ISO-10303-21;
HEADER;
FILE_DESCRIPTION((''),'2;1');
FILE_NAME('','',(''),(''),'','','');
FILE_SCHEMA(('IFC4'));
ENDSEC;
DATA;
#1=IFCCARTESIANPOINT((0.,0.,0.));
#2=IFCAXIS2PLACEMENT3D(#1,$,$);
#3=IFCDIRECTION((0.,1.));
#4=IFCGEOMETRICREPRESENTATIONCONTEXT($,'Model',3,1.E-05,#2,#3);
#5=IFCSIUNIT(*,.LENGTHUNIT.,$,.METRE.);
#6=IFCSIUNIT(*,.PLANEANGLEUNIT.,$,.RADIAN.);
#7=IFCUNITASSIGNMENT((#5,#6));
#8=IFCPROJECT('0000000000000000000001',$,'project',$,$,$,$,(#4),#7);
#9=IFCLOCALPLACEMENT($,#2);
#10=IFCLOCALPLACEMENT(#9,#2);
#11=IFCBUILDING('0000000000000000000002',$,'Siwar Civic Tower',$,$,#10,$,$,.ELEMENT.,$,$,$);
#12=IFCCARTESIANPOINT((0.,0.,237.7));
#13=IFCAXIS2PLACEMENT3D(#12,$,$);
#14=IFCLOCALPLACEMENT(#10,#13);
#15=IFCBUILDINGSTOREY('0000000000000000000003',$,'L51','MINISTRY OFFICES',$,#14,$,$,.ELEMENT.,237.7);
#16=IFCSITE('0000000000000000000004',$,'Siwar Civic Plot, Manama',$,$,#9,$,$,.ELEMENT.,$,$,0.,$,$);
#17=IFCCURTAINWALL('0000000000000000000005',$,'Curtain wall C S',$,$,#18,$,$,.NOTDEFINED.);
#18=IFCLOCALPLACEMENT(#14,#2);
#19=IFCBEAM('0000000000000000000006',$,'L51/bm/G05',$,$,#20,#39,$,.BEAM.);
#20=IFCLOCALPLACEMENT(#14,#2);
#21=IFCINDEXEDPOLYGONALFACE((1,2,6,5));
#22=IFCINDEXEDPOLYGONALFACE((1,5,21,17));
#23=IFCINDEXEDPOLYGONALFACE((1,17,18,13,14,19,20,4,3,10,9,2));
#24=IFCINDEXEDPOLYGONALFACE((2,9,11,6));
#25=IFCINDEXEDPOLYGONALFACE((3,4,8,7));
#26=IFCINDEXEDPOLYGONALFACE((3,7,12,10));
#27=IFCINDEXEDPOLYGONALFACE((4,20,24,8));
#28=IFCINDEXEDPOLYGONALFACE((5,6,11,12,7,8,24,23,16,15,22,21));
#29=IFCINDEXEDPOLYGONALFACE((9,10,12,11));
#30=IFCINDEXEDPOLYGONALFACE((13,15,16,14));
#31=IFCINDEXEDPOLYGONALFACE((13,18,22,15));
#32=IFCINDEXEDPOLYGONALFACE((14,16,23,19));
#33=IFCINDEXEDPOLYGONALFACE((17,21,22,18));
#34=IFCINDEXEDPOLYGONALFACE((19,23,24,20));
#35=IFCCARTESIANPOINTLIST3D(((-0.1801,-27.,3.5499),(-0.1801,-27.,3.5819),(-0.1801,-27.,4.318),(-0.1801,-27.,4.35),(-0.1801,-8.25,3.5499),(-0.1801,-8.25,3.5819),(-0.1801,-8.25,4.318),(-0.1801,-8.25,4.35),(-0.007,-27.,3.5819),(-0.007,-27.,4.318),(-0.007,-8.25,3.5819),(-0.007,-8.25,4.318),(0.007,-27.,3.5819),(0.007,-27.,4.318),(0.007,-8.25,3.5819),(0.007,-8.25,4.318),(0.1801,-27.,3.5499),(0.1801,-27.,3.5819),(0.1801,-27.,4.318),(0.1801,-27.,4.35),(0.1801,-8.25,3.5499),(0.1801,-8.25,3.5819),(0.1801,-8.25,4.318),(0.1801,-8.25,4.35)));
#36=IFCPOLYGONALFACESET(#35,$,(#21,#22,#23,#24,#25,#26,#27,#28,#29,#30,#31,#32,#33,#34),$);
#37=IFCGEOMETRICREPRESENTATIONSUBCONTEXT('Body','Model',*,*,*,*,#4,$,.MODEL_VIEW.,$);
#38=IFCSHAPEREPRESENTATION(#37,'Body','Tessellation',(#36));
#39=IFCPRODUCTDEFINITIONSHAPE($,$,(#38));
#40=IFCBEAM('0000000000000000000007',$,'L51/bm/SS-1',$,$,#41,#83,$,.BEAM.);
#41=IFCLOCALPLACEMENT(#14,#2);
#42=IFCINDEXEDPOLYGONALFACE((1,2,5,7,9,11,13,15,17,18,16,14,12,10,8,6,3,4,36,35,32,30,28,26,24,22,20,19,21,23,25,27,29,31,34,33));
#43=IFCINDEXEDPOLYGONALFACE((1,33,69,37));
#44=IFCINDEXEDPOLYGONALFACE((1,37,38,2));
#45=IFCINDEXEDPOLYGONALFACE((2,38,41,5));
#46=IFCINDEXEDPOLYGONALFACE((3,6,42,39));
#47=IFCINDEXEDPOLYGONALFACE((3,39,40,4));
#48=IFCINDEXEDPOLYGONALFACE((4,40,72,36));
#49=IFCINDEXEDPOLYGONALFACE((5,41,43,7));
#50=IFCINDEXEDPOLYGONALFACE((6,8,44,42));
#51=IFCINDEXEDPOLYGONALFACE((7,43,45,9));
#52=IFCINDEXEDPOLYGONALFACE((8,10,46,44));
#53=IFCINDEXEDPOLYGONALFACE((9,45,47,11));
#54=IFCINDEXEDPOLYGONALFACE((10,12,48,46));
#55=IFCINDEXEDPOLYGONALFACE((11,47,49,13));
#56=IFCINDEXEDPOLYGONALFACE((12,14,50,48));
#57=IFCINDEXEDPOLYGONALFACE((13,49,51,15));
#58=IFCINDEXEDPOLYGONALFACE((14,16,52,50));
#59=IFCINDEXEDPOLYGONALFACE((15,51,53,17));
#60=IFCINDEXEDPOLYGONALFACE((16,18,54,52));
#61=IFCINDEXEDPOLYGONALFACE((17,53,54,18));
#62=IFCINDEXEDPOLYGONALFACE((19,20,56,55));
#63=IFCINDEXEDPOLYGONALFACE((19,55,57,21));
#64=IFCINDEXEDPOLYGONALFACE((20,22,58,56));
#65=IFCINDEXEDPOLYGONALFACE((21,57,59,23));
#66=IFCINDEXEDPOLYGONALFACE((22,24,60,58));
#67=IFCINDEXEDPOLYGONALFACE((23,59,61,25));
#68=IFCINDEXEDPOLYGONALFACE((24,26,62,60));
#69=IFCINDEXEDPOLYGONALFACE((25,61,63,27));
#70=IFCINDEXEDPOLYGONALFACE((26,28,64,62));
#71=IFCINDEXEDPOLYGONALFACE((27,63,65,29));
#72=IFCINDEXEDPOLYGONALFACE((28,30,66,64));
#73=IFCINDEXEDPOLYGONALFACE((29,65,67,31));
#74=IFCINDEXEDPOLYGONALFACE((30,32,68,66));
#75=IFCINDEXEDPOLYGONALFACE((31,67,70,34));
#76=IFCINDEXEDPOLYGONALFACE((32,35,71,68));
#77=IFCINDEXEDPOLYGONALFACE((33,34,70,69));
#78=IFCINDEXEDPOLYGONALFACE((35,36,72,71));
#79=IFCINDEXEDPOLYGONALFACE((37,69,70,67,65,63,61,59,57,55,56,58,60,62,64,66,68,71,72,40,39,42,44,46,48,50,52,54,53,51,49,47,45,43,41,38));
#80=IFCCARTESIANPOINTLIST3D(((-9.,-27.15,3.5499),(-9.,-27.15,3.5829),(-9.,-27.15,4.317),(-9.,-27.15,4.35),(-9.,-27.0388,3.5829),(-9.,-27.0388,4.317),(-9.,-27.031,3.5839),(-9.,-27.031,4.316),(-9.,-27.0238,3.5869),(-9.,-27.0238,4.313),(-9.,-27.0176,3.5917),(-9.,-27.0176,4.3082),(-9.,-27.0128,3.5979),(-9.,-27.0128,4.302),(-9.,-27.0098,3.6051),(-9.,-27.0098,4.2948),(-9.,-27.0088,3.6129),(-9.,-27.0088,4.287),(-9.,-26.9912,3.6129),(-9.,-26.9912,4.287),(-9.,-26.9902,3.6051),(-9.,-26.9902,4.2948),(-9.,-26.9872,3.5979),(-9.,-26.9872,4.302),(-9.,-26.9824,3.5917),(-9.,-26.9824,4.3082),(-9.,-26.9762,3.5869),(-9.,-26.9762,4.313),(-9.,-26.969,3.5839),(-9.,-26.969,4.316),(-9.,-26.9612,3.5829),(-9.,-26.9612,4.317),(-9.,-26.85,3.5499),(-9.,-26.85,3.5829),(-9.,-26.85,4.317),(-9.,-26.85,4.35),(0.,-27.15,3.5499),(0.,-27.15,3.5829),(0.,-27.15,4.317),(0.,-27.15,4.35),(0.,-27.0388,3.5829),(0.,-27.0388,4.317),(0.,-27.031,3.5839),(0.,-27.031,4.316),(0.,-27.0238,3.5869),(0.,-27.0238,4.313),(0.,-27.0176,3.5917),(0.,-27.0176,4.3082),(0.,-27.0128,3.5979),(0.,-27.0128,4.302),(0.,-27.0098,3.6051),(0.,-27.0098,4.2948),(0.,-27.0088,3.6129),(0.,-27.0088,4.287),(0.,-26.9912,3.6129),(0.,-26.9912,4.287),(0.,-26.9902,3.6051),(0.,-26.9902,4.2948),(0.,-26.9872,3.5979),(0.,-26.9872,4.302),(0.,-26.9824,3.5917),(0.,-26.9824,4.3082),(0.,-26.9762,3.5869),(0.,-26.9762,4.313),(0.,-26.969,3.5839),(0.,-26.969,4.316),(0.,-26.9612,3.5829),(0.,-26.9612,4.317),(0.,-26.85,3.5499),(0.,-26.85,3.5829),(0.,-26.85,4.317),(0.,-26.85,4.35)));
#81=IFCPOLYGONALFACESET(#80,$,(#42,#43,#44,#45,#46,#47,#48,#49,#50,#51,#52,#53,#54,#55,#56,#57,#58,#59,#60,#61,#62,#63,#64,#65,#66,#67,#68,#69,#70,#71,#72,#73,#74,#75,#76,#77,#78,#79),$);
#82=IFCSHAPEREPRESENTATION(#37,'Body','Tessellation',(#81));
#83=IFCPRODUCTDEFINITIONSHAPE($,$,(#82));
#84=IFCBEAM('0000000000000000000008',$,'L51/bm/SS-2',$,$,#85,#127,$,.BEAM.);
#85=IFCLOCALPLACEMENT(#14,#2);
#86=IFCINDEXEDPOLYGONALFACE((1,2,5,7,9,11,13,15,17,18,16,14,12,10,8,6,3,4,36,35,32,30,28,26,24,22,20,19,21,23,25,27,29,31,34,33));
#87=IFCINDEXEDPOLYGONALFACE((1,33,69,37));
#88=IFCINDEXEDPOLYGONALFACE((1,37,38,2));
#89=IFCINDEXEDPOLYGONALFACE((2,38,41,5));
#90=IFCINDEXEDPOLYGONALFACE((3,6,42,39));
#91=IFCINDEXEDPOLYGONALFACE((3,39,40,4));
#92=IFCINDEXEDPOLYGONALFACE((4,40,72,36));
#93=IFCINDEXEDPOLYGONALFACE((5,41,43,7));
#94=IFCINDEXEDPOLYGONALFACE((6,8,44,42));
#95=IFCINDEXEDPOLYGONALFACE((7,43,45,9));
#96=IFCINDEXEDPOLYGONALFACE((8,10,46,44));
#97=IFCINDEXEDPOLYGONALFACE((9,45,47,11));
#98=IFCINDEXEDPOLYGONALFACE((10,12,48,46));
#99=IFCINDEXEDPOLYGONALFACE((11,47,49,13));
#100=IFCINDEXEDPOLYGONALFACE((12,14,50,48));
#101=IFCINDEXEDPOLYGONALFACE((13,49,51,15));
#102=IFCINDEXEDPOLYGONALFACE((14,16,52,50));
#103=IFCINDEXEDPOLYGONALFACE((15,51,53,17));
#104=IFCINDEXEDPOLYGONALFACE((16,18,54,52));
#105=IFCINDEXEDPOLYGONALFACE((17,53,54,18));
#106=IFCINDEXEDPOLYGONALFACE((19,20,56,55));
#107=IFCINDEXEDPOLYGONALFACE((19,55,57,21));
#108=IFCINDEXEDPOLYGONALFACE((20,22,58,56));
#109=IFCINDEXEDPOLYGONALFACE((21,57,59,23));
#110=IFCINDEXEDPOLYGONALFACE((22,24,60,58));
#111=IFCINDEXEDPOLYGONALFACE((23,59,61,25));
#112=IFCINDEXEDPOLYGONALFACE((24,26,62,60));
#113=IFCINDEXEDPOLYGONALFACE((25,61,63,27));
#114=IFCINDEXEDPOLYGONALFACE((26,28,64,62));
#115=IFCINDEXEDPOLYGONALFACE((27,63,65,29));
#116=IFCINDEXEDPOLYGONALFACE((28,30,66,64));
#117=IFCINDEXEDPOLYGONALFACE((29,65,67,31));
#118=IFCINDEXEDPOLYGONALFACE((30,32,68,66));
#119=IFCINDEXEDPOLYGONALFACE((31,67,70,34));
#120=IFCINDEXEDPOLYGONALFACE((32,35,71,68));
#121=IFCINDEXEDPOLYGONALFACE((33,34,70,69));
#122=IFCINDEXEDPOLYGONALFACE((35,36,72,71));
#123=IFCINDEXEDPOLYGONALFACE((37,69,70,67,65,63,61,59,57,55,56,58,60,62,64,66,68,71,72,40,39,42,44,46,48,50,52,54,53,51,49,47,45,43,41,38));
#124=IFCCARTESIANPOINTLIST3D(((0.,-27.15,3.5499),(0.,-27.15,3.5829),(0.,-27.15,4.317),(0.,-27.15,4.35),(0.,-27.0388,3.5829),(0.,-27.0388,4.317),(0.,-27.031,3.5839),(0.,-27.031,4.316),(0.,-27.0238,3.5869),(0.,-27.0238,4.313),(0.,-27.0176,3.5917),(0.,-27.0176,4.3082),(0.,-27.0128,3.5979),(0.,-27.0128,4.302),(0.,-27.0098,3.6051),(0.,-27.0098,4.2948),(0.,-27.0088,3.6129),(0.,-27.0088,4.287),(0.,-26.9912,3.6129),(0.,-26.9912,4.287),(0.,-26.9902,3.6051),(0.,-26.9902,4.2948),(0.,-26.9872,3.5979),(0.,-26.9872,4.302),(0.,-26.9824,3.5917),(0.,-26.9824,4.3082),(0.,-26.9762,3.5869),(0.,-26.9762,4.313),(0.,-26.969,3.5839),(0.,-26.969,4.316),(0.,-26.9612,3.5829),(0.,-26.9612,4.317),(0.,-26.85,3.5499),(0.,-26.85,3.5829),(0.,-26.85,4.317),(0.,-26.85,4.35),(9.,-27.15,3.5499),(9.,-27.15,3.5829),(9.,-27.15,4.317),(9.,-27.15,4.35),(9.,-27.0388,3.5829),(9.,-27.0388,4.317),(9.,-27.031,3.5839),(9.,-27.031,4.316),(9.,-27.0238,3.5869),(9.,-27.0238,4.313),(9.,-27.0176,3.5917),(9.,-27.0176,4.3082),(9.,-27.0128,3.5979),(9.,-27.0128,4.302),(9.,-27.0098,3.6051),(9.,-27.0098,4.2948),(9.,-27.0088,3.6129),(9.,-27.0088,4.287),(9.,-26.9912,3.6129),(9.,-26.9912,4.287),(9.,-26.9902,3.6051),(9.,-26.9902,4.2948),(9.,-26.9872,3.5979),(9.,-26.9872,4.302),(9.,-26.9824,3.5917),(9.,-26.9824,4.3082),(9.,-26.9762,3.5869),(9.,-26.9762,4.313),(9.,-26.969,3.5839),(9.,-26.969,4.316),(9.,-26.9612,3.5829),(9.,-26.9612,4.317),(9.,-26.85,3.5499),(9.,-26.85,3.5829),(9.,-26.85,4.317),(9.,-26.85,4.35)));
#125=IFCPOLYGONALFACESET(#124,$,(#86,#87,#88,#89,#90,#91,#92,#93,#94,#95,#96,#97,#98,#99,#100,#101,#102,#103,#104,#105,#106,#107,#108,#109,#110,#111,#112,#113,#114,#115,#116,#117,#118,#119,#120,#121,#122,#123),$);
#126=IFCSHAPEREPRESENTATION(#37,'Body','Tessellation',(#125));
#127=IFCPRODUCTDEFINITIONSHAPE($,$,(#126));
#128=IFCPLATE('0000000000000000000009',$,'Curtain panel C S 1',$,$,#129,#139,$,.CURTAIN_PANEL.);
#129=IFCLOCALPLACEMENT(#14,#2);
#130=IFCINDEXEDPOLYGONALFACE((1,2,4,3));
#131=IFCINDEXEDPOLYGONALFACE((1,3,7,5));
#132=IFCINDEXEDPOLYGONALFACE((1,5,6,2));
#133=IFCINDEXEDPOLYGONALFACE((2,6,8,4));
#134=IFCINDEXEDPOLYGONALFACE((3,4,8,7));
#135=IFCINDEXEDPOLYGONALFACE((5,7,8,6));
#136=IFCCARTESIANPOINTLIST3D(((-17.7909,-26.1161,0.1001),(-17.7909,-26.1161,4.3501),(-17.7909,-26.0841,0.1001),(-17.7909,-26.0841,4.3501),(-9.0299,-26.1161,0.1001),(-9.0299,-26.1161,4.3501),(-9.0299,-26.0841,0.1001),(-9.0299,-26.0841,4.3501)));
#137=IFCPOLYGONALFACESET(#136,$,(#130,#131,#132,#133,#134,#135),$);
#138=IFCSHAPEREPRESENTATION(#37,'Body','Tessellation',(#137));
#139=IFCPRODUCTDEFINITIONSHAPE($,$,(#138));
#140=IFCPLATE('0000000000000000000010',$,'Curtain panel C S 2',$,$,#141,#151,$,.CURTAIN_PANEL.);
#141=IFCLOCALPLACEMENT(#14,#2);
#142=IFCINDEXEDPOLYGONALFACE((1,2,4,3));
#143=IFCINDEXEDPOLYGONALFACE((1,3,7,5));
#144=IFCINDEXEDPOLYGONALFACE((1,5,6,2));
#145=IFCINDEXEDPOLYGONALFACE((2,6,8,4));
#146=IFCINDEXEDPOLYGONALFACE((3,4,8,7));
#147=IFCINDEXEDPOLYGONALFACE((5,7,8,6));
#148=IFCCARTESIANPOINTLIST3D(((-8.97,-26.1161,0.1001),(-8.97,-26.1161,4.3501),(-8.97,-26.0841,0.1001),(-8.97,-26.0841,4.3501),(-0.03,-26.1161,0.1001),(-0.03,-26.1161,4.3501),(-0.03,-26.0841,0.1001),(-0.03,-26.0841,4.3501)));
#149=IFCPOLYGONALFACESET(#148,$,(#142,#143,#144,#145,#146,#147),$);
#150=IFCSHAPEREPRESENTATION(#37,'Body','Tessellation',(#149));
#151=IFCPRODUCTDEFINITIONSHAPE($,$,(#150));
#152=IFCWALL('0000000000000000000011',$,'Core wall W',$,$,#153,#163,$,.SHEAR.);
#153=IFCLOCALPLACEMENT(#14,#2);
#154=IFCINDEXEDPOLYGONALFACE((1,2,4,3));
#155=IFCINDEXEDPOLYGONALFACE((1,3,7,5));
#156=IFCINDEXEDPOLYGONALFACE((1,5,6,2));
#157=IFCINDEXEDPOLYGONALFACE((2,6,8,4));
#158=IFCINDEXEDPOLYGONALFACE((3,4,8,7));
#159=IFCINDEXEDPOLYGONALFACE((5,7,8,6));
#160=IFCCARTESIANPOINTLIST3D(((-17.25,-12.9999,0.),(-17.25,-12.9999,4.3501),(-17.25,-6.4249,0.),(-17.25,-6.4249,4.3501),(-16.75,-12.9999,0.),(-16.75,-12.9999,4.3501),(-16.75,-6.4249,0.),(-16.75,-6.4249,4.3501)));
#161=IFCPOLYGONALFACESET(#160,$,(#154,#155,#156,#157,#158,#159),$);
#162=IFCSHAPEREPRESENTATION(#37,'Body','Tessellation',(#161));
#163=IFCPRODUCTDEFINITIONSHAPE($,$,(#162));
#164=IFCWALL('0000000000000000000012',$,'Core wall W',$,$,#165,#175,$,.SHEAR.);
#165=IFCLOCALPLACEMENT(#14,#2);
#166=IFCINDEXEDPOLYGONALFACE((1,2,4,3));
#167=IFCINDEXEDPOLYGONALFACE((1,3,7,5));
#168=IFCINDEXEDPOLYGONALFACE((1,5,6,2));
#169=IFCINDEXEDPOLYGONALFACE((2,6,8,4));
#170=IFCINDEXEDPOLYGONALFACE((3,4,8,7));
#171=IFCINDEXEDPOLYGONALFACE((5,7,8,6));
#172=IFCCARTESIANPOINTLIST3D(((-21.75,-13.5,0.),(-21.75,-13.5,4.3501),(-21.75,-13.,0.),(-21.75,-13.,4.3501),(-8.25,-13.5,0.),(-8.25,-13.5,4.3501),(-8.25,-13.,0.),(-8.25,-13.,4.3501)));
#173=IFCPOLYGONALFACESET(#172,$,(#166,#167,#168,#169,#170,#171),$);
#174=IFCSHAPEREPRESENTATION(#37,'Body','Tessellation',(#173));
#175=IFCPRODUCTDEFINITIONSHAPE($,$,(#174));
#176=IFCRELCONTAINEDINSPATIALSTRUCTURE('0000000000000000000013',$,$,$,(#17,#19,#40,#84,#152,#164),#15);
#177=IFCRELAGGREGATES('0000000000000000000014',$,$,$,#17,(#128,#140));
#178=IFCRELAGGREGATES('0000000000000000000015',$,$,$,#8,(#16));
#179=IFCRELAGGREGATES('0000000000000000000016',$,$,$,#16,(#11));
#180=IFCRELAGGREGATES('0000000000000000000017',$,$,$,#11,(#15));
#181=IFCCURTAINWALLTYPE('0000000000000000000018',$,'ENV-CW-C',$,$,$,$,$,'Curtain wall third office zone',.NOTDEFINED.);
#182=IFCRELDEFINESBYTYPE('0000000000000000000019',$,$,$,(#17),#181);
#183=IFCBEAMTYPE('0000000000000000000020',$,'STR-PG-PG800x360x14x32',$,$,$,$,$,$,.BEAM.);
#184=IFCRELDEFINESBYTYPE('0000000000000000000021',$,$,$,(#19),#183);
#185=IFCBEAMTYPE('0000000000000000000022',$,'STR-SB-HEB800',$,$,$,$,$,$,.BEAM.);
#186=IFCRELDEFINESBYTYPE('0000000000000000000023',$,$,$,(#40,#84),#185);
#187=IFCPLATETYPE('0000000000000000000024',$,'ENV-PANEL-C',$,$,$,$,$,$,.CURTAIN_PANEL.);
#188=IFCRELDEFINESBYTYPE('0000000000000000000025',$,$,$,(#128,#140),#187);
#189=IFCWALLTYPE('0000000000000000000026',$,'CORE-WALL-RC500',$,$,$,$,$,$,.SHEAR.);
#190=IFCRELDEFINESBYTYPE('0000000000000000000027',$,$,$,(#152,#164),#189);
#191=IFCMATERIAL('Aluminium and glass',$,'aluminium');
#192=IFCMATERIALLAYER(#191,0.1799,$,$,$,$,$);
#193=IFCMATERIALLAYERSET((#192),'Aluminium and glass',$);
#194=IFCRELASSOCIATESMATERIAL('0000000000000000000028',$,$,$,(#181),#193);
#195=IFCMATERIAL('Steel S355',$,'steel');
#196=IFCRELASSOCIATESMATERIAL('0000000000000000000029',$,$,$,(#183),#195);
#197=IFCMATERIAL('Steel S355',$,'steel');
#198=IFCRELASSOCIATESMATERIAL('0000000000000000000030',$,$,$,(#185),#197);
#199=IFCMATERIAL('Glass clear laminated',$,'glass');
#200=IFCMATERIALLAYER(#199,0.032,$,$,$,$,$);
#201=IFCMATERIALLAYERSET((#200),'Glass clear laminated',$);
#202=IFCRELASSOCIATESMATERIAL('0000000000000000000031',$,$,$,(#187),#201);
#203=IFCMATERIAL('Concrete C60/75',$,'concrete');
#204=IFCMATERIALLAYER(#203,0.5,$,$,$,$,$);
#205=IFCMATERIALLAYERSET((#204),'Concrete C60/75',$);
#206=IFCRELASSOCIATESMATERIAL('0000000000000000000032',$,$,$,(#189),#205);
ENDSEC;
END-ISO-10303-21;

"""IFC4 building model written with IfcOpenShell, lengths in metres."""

from ifc_helpers import new_model, si_unit, direction, frame, frame_2d, origin, origin_2d, place, context, subcontext, project, spatial, rectangle, i_section, extrude, material, layer, layer_set, material_profile, profile_set, type_object, element, aggregate, save


model = new_model("IFC4")

# Units and contexts
model_context = context("Model", 3, precision=1e-05, world=origin(), true_north=direction((0.0, 1.0)))
body_context = subcontext(model_context, "Body", "Model", "MODEL_VIEW")
ifc_project = project(units=[si_unit("LENGTHUNIT", "METRE"), si_unit("PLANEANGLEUNIT", "RADIAN")], contexts=[model_context])

# Site, building, storey
site_placement = place(None, origin())
site = spatial("IfcSite", under=ifc_project, at=site_placement, Name="Siwar Civic Plot, Manama", CompositionType="ELEMENT", RefElevation=0.0)
building_placement = place(site_placement, origin())
building = spatial("IfcBuilding", under=site, at=building_placement, Name="Siwar Civic Tower", CompositionType="ELEMENT")
storey_placement = place(building_placement, frame((0.0, 0.0, 237.7)))
storey = spatial("IfcBuildingStorey", under=building, at=storey_placement, Name="L51", Description="MINISTRY OFFICES", CompositionType="ELEMENT", Elevation=237.7)

# Curtain wall
ifc_material_1 = material(Name="Aluminium and glass", Category="aluminium")
ifc_layer_1 = layer(ifc_material_1, 0.1799)
ifc_layer_set_1 = layer_set([ifc_layer_1], Name="Aluminium and glass")
curtain_wall_type = type_object("IfcCurtainWallType", Name="ENV-CW-C", ElementType="Curtain wall third office zone", PredefinedType="NOTDEFINED", material=ifc_layer_set_1)
curtain_wall_placement = place(storey_placement, origin())
curtain_wall = element("IfcCurtainWall", 1, at=curtain_wall_placement, inside=storey, type_object=curtain_wall_type, Name="Curtain wall C S", PredefinedType="NOTDEFINED")

# Beams
ifc_material_2 = material(Name="Steel S355", Category="steel")
ifc_material_profile_1 = material_profile(ifc_material_2, i_section(OverallWidth=0.3601, OverallDepth=0.8, WebThickness=0.0139, FlangeThickness=0.032, at=origin_2d()), Name="PG800x360x14x32")
ifc_profile_set_1 = profile_set([ifc_material_profile_1], Name="Steel S355")
beam_type_1 = type_object("IfcBeamType", Name="STR-PG-PG800x360x14x32", PredefinedType="BEAM", material=ifc_profile_set_1)
beam_1_placement = place(storey_placement, frame((0.0, -27.0, 3.95), z_axis=(0.0, 1.0, 0.0), x_axis=(-1.0, 0.0, 0.0)))
element("IfcBeam", 2, at=beam_1_placement, inside=storey, type_object=beam_type_1, Name="L51/bm/G05", PredefinedType="BEAM", context=body_context, shape_type="SweptSolid", body=[
    extrude(i_section(OverallWidth=0.3601, OverallDepth=0.8, WebThickness=0.0139, FlangeThickness=0.032, at=origin_2d()), origin(), (0.0, 0.0, 1.0), 18.75),
])
ifc_material_3 = material(Name="Steel S355", Category="steel")
ifc_material_profile_2 = material_profile(ifc_material_3, i_section(OverallWidth=0.3, OverallDepth=0.8, WebThickness=0.0176, FlangeThickness=0.033, FilletRadius=0.03, at=origin_2d()), Name="HEB800")
ifc_profile_set_2 = profile_set([ifc_material_profile_2], Name="Steel S355")
beam_type_2 = type_object("IfcBeamType", Name="STR-SB-HEB800", PredefinedType="BEAM", material=ifc_profile_set_2)
for number, where, z_axis, x_axis, name in (
    (3, (-9.0, -27.0, 3.95), (1.0, 0.0, 0.0), (0.0, 1.0, 0.0), "L51/bm/SS-1"),
    (4, (0.0, -27.0, 3.95), (1.0, 0.0, 0.0), (0.0, 1.0, 0.0), "L51/bm/SS-2"),
):
    element("IfcBeam", number, at=place(storey_placement, frame(where, z_axis=z_axis, x_axis=x_axis)), inside=storey, type_object=beam_type_2, Name=name, PredefinedType="BEAM", context=body_context, shape_type="SweptSolid", body=[
        extrude(i_section(OverallWidth=0.3, OverallDepth=0.8, WebThickness=0.0176, FlangeThickness=0.033, FilletRadius=0.03, at=origin_2d()), origin(), (0.0, 0.0, 1.0), 9.0),
    ])

# Plates
ifc_material_4 = material(Name="Glass clear laminated", Category="glass")
ifc_layer_2 = layer(ifc_material_4, 0.032)
ifc_layer_set_2 = layer_set([ifc_layer_2], Name="Glass clear laminated")
plate_type = type_object("IfcPlateType", Name="ENV-PANEL-C", PredefinedType="CURTAIN_PANEL", material=ifc_layer_set_2)
plate_1_placement = place(storey_placement, frame((-13.4104, -26.1001, 0.1001), z_axis=(0.0, 0.0, 1.0), x_axis=(1.0, 0.0, 0.0)))
plate_1 = element("IfcPlate", 5, at=plate_1_placement, type_object=plate_type, Name="Curtain panel C S 1", PredefinedType="CURTAIN_PANEL", context=body_context, shape_type="SweptSolid", body=[
    extrude(rectangle(XDim=8.761, YDim=0.032, at=origin_2d()), origin(), (0.0, 0.0, 1.0), 4.25),
])
plate_2_placement = place(storey_placement, frame((-4.5, -26.1001, 0.1001), z_axis=(0.0, 0.0, 1.0), x_axis=(1.0, 0.0, 0.0)))
plate_2 = element("IfcPlate", 6, at=plate_2_placement, type_object=plate_type, Name="Curtain panel C S 2", PredefinedType="CURTAIN_PANEL", context=body_context, shape_type="SweptSolid", body=[
    extrude(rectangle(XDim=8.9399, YDim=0.032, at=origin_2d()), origin(), (0.0, 0.0, 1.0), 4.25),
])
aggregate(curtain_wall, [plate_1, plate_2])

# Walls
ifc_material_5 = material(Name="Concrete C60/75", Category="concrete")
ifc_layer_3 = layer(ifc_material_5, 0.5)
ifc_layer_set_3 = layer_set([ifc_layer_3], Name="Concrete C60/75")
wall_type_1 = type_object("IfcWallType", Name="CORE-WALL-RC500", PredefinedType="SHEAR", material=ifc_layer_set_3)
wall_1_placement = place(storey_placement, frame((-17.0, -13.0, 0.0), z_axis=(0.0, 0.0, 1.0), x_axis=(0.0, 1.0, 0.0)))
element("IfcWall", 7, at=wall_1_placement, inside=storey, type_object=wall_type_1, Name="Core wall W", PredefinedType="SHEAR", context=body_context, shape_type="SweptSolid", body=[
    extrude(rectangle(XDim=6.575, YDim=0.5, at=frame_2d((3.2876, 0.0))), origin(), (0.0, 0.0, 1.0), 4.3501),
])
wall_2_placement = place(storey_placement, frame((-8.25, -13.25, 0.0), z_axis=(0.0, 0.0, 1.0), x_axis=(-1.0, 0.0, 0.0)))
element("IfcWall", 8, at=wall_2_placement, inside=storey, type_object=wall_type_1, Name="Core wall W", PredefinedType="SHEAR", context=body_context, shape_type="SweptSolid", body=[
    extrude(rectangle(XDim=13.5, YDim=0.5, at=frame_2d((6.75, 0.0))), origin(), (0.0, 0.0, 1.0), 4.3501),
])

save(model, "model.ifc")
